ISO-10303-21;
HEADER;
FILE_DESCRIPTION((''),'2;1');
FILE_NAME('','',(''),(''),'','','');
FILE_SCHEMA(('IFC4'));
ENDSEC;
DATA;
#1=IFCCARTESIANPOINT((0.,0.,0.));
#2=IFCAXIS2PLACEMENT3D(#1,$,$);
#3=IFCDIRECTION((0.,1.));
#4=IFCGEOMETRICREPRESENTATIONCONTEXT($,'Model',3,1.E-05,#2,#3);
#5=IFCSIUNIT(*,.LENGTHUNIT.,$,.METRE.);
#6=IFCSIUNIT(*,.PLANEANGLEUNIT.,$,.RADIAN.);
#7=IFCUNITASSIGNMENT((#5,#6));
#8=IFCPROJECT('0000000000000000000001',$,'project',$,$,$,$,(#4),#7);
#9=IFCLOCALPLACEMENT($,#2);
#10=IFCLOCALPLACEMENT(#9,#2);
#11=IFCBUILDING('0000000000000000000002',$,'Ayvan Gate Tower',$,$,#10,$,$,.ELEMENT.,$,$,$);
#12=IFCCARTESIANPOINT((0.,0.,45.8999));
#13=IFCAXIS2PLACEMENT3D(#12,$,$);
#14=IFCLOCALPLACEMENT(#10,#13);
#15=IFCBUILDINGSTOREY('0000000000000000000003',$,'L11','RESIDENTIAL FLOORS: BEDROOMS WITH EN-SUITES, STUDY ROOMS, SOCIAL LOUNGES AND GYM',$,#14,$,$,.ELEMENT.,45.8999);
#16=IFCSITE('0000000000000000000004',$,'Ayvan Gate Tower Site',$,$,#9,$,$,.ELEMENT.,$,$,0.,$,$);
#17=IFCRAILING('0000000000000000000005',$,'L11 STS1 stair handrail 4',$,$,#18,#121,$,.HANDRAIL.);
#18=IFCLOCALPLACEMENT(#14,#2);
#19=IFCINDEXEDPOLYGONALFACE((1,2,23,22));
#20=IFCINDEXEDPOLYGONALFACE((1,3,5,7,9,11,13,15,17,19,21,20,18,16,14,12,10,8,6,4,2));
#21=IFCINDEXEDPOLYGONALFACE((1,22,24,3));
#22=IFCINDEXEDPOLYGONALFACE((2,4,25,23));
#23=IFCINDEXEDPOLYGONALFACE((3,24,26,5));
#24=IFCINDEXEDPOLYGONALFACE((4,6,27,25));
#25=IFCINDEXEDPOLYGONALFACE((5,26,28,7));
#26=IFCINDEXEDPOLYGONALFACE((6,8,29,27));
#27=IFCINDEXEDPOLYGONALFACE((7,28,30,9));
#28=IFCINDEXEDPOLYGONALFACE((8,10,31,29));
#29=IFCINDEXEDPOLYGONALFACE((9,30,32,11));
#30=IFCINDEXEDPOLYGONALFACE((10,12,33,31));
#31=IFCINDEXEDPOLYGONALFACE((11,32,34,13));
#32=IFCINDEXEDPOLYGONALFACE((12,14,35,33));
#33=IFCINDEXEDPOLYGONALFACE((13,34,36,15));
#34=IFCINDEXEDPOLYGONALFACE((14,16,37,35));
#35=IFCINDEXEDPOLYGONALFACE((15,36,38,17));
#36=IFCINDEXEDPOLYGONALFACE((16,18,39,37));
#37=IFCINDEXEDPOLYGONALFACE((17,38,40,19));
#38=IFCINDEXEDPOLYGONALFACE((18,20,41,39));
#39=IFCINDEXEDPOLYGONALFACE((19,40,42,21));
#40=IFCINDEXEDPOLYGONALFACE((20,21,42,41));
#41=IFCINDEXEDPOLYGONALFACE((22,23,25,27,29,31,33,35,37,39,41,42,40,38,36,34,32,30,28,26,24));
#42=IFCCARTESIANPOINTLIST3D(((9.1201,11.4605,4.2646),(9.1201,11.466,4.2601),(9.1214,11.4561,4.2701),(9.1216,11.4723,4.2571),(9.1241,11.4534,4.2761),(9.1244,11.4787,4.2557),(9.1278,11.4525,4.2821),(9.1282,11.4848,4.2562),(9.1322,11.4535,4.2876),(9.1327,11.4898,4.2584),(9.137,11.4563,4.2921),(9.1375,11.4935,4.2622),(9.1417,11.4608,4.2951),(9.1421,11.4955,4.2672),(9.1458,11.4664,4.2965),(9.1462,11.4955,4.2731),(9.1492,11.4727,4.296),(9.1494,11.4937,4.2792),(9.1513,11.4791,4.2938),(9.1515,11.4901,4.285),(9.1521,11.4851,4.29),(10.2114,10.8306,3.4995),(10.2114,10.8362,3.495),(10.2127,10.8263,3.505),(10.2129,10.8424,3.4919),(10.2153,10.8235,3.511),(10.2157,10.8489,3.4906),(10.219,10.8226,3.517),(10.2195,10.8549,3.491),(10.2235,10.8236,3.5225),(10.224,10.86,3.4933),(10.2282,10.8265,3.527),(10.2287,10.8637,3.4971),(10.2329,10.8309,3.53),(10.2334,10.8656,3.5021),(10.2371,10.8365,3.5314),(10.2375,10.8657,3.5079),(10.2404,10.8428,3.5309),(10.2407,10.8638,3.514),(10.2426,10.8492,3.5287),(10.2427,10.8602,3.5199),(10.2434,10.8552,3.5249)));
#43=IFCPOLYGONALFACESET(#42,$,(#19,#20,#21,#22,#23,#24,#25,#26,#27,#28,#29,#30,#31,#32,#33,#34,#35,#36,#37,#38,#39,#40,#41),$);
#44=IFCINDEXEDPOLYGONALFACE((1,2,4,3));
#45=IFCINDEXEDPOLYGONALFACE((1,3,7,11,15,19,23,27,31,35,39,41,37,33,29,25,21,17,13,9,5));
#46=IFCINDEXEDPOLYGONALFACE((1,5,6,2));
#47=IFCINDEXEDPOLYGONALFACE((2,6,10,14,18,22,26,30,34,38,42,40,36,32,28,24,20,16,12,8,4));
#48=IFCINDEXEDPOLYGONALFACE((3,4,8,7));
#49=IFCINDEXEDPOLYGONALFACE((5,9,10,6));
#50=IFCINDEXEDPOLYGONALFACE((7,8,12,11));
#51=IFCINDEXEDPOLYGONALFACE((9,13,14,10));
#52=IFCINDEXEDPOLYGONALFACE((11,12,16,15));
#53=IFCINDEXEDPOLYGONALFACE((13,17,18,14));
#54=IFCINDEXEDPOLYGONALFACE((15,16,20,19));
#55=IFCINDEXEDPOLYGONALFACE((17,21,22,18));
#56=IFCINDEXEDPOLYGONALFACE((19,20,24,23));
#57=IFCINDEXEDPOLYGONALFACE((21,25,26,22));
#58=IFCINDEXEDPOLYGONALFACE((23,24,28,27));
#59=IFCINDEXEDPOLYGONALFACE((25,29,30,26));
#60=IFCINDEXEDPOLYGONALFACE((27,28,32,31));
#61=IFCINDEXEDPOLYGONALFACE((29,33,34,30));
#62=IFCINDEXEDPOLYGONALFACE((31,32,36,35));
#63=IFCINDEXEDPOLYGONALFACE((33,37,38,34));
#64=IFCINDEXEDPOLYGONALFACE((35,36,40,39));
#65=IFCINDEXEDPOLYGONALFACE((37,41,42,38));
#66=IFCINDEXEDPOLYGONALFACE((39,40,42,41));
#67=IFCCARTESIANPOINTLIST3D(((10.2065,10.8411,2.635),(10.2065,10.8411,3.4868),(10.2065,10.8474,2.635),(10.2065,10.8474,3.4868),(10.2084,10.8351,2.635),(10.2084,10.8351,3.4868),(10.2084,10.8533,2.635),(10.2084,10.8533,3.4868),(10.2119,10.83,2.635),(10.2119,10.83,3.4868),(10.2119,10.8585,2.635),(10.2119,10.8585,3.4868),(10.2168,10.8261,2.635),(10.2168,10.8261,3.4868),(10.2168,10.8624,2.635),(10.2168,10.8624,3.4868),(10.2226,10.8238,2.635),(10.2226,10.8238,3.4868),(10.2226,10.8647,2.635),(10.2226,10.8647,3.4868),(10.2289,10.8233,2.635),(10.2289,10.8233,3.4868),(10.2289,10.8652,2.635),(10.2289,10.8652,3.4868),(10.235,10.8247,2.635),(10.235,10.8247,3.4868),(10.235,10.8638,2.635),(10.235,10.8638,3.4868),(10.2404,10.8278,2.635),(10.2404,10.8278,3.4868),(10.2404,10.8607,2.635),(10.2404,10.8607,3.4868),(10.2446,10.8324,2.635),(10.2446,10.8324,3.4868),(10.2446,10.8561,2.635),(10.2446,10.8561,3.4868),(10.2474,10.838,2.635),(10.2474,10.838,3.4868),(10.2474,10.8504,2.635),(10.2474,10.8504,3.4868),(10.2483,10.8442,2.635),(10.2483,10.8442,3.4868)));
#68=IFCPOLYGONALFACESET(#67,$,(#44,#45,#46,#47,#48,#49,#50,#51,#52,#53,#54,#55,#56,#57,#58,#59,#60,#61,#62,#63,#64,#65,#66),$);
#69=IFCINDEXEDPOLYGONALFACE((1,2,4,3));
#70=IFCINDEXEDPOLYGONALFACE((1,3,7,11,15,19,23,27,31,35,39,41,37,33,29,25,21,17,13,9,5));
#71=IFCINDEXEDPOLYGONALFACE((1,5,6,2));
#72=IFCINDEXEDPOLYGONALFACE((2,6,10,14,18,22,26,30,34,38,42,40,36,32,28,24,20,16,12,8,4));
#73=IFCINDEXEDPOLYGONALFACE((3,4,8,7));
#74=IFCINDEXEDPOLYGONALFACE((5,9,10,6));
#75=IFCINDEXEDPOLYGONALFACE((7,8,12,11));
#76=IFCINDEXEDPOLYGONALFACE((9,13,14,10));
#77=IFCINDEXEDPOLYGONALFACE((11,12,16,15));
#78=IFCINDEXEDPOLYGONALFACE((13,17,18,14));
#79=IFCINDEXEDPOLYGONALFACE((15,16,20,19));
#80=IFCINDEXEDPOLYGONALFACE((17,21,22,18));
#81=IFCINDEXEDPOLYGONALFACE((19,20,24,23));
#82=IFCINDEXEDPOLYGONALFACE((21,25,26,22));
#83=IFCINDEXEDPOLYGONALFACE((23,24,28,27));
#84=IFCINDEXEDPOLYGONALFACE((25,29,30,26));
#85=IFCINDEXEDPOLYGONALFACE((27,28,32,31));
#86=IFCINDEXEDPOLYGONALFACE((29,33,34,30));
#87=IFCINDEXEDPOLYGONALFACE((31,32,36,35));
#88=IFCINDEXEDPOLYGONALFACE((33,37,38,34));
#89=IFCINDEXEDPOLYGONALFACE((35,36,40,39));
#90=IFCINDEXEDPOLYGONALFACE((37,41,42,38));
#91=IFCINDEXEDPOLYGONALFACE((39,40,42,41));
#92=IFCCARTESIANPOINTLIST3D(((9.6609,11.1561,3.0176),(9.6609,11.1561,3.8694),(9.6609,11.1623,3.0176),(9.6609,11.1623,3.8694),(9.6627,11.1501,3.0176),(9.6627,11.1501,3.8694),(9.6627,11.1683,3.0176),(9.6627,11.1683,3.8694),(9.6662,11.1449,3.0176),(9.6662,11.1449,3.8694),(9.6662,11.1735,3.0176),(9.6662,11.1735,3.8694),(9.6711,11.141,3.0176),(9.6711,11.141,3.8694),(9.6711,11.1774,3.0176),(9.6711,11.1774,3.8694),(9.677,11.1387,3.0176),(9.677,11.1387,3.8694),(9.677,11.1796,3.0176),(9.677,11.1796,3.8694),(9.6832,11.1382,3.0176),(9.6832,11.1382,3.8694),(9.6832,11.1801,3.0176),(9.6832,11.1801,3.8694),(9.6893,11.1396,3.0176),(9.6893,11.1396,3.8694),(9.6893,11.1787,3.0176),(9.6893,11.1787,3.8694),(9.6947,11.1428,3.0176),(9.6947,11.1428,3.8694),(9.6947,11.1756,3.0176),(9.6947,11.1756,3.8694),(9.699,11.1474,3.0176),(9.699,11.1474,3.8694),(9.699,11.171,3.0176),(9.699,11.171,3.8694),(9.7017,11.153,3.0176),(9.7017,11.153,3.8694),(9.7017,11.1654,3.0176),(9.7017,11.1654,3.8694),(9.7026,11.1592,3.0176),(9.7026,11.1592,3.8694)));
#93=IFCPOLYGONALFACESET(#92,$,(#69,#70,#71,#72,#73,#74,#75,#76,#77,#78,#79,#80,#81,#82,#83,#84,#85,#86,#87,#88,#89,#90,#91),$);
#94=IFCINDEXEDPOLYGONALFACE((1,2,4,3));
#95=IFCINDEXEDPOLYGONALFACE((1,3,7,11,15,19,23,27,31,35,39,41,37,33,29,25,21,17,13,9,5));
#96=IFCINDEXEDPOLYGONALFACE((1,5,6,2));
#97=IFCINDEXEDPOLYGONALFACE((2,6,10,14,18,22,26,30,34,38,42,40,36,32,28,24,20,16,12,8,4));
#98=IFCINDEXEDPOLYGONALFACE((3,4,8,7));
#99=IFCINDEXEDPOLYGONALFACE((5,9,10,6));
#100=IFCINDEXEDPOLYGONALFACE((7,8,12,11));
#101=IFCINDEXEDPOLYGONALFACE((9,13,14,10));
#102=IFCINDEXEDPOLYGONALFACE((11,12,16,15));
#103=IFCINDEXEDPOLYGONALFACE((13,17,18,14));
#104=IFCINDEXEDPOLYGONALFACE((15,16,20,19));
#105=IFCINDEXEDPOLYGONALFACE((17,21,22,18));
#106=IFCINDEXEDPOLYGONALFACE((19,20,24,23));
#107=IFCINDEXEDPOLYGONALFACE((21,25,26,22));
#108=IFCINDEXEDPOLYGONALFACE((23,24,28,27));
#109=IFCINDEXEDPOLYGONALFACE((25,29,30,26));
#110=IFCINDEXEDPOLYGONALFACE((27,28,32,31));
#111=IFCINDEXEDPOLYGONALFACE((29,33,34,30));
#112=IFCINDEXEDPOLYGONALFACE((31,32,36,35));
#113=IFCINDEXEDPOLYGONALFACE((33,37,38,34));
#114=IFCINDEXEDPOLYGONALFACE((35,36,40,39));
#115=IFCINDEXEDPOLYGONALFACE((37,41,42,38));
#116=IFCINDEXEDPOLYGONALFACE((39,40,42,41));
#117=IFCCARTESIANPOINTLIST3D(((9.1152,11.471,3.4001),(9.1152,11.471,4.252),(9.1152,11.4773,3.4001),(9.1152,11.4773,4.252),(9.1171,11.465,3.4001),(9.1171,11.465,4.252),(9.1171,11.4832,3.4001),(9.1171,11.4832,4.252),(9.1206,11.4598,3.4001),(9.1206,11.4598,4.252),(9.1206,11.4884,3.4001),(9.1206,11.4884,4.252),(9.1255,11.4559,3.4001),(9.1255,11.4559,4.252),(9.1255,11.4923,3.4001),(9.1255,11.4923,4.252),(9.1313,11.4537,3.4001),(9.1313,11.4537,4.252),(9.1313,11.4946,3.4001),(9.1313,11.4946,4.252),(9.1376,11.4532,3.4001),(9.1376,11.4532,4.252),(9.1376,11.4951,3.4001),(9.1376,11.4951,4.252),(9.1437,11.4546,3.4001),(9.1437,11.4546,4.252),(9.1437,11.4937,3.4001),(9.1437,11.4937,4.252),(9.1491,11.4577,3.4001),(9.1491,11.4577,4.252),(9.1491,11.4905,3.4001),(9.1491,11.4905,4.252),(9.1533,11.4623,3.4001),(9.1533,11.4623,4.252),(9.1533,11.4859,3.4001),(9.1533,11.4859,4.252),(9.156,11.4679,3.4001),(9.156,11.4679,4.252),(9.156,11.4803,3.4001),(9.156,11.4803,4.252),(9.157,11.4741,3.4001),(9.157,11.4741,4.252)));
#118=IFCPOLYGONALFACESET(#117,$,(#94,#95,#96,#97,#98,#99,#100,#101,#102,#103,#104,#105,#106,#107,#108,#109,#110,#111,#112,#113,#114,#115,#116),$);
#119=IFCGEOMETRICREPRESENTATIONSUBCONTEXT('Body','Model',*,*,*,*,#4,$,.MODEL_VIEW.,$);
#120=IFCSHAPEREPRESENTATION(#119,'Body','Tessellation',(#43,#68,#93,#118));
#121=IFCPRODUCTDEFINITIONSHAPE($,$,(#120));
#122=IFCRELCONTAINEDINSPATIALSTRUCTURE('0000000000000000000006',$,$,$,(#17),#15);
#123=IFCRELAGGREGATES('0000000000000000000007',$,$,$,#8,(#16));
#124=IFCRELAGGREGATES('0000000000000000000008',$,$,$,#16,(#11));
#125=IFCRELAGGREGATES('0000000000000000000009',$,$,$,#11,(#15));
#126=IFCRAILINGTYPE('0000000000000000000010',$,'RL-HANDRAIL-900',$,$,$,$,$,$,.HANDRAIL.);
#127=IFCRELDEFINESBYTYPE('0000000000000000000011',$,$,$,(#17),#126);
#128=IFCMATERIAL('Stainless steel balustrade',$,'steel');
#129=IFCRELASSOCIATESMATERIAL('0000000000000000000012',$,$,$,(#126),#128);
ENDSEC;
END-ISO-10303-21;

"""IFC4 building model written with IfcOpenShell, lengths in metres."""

from ifc_helpers import new_model, si_unit, direction, frame, origin, origin_2d, place, context, subcontext, project, spatial, circle, extrude, material, type_object, element, save


model = new_model("IFC4")

# Units and contexts
model_context = context("Model", 3, precision=1e-05, world=origin(), true_north=direction((0.0, 1.0)))
body_context = subcontext(model_context, "Body", "Model", "MODEL_VIEW")
ifc_project = project(units=[si_unit("LENGTHUNIT", "METRE"), si_unit("PLANEANGLEUNIT", "RADIAN")], contexts=[model_context])

# Site, building, storey
site_placement = place(None, origin())
site = spatial("IfcSite", under=ifc_project, at=site_placement, Name="Ayvan Gate Tower Site", CompositionType="ELEMENT", RefElevation=0.0)
building_placement = place(site_placement, origin())
building = spatial("IfcBuilding", under=site, at=building_placement, Name="Ayvan Gate Tower", CompositionType="ELEMENT")
storey_placement = place(building_placement, frame((0.0, 0.0, 45.8999)))
storey = spatial("IfcBuildingStorey", under=building, at=storey_placement, Name="L11", Description="RESIDENTIAL FLOORS: BEDROOMS WITH EN-SUITES, STUDY ROOMS, SOCIAL LOUNGES AND GYM", CompositionType="ELEMENT", Elevation=45.8999)

# Railing
ifc_material_1 = material(Name="Stainless steel balustrade", Category="steel")
railing_type_1 = type_object("IfcRailingType", Name="RL-HANDRAIL-900", PredefinedType="HANDRAIL", material=ifc_material_1)
railing_1_placement = place(storey_placement, frame((10.2273, 10.8442, 2.635)))
element("IfcRailing", 1, at=railing_1_placement, inside=storey, type_object=railing_type_1, Name="L11 STS1 stair handrail 4", PredefinedType="HANDRAIL", context=body_context, shape_type="SweptSolid", body=[
    extrude(circle(Radius=0.0239, at=origin_2d()), frame((0.0, 0.0, 0.876), z_axis=(-0.740293, 0.427283, 0.519033), x_axis=(-0.49989, -0.866089, 0.0)), (0.0, 0.0, 1.0), 1.4741),
    extrude(circle(Radius=0.021, at=origin_2d()), origin(), (0.0, 0.0, 1.0), 0.8518),
    extrude(circle(Radius=0.021, at=origin_2d()), frame((-0.5457, 0.3149, 0.3826)), (0.0, 0.0, 1.0), 0.8518),
    extrude(circle(Radius=0.021, at=origin_2d()), frame((-1.0913, 0.6299, 0.7651)), (0.0, 0.0, 1.0), 0.8518),
])

save(model, "model.ifc")
